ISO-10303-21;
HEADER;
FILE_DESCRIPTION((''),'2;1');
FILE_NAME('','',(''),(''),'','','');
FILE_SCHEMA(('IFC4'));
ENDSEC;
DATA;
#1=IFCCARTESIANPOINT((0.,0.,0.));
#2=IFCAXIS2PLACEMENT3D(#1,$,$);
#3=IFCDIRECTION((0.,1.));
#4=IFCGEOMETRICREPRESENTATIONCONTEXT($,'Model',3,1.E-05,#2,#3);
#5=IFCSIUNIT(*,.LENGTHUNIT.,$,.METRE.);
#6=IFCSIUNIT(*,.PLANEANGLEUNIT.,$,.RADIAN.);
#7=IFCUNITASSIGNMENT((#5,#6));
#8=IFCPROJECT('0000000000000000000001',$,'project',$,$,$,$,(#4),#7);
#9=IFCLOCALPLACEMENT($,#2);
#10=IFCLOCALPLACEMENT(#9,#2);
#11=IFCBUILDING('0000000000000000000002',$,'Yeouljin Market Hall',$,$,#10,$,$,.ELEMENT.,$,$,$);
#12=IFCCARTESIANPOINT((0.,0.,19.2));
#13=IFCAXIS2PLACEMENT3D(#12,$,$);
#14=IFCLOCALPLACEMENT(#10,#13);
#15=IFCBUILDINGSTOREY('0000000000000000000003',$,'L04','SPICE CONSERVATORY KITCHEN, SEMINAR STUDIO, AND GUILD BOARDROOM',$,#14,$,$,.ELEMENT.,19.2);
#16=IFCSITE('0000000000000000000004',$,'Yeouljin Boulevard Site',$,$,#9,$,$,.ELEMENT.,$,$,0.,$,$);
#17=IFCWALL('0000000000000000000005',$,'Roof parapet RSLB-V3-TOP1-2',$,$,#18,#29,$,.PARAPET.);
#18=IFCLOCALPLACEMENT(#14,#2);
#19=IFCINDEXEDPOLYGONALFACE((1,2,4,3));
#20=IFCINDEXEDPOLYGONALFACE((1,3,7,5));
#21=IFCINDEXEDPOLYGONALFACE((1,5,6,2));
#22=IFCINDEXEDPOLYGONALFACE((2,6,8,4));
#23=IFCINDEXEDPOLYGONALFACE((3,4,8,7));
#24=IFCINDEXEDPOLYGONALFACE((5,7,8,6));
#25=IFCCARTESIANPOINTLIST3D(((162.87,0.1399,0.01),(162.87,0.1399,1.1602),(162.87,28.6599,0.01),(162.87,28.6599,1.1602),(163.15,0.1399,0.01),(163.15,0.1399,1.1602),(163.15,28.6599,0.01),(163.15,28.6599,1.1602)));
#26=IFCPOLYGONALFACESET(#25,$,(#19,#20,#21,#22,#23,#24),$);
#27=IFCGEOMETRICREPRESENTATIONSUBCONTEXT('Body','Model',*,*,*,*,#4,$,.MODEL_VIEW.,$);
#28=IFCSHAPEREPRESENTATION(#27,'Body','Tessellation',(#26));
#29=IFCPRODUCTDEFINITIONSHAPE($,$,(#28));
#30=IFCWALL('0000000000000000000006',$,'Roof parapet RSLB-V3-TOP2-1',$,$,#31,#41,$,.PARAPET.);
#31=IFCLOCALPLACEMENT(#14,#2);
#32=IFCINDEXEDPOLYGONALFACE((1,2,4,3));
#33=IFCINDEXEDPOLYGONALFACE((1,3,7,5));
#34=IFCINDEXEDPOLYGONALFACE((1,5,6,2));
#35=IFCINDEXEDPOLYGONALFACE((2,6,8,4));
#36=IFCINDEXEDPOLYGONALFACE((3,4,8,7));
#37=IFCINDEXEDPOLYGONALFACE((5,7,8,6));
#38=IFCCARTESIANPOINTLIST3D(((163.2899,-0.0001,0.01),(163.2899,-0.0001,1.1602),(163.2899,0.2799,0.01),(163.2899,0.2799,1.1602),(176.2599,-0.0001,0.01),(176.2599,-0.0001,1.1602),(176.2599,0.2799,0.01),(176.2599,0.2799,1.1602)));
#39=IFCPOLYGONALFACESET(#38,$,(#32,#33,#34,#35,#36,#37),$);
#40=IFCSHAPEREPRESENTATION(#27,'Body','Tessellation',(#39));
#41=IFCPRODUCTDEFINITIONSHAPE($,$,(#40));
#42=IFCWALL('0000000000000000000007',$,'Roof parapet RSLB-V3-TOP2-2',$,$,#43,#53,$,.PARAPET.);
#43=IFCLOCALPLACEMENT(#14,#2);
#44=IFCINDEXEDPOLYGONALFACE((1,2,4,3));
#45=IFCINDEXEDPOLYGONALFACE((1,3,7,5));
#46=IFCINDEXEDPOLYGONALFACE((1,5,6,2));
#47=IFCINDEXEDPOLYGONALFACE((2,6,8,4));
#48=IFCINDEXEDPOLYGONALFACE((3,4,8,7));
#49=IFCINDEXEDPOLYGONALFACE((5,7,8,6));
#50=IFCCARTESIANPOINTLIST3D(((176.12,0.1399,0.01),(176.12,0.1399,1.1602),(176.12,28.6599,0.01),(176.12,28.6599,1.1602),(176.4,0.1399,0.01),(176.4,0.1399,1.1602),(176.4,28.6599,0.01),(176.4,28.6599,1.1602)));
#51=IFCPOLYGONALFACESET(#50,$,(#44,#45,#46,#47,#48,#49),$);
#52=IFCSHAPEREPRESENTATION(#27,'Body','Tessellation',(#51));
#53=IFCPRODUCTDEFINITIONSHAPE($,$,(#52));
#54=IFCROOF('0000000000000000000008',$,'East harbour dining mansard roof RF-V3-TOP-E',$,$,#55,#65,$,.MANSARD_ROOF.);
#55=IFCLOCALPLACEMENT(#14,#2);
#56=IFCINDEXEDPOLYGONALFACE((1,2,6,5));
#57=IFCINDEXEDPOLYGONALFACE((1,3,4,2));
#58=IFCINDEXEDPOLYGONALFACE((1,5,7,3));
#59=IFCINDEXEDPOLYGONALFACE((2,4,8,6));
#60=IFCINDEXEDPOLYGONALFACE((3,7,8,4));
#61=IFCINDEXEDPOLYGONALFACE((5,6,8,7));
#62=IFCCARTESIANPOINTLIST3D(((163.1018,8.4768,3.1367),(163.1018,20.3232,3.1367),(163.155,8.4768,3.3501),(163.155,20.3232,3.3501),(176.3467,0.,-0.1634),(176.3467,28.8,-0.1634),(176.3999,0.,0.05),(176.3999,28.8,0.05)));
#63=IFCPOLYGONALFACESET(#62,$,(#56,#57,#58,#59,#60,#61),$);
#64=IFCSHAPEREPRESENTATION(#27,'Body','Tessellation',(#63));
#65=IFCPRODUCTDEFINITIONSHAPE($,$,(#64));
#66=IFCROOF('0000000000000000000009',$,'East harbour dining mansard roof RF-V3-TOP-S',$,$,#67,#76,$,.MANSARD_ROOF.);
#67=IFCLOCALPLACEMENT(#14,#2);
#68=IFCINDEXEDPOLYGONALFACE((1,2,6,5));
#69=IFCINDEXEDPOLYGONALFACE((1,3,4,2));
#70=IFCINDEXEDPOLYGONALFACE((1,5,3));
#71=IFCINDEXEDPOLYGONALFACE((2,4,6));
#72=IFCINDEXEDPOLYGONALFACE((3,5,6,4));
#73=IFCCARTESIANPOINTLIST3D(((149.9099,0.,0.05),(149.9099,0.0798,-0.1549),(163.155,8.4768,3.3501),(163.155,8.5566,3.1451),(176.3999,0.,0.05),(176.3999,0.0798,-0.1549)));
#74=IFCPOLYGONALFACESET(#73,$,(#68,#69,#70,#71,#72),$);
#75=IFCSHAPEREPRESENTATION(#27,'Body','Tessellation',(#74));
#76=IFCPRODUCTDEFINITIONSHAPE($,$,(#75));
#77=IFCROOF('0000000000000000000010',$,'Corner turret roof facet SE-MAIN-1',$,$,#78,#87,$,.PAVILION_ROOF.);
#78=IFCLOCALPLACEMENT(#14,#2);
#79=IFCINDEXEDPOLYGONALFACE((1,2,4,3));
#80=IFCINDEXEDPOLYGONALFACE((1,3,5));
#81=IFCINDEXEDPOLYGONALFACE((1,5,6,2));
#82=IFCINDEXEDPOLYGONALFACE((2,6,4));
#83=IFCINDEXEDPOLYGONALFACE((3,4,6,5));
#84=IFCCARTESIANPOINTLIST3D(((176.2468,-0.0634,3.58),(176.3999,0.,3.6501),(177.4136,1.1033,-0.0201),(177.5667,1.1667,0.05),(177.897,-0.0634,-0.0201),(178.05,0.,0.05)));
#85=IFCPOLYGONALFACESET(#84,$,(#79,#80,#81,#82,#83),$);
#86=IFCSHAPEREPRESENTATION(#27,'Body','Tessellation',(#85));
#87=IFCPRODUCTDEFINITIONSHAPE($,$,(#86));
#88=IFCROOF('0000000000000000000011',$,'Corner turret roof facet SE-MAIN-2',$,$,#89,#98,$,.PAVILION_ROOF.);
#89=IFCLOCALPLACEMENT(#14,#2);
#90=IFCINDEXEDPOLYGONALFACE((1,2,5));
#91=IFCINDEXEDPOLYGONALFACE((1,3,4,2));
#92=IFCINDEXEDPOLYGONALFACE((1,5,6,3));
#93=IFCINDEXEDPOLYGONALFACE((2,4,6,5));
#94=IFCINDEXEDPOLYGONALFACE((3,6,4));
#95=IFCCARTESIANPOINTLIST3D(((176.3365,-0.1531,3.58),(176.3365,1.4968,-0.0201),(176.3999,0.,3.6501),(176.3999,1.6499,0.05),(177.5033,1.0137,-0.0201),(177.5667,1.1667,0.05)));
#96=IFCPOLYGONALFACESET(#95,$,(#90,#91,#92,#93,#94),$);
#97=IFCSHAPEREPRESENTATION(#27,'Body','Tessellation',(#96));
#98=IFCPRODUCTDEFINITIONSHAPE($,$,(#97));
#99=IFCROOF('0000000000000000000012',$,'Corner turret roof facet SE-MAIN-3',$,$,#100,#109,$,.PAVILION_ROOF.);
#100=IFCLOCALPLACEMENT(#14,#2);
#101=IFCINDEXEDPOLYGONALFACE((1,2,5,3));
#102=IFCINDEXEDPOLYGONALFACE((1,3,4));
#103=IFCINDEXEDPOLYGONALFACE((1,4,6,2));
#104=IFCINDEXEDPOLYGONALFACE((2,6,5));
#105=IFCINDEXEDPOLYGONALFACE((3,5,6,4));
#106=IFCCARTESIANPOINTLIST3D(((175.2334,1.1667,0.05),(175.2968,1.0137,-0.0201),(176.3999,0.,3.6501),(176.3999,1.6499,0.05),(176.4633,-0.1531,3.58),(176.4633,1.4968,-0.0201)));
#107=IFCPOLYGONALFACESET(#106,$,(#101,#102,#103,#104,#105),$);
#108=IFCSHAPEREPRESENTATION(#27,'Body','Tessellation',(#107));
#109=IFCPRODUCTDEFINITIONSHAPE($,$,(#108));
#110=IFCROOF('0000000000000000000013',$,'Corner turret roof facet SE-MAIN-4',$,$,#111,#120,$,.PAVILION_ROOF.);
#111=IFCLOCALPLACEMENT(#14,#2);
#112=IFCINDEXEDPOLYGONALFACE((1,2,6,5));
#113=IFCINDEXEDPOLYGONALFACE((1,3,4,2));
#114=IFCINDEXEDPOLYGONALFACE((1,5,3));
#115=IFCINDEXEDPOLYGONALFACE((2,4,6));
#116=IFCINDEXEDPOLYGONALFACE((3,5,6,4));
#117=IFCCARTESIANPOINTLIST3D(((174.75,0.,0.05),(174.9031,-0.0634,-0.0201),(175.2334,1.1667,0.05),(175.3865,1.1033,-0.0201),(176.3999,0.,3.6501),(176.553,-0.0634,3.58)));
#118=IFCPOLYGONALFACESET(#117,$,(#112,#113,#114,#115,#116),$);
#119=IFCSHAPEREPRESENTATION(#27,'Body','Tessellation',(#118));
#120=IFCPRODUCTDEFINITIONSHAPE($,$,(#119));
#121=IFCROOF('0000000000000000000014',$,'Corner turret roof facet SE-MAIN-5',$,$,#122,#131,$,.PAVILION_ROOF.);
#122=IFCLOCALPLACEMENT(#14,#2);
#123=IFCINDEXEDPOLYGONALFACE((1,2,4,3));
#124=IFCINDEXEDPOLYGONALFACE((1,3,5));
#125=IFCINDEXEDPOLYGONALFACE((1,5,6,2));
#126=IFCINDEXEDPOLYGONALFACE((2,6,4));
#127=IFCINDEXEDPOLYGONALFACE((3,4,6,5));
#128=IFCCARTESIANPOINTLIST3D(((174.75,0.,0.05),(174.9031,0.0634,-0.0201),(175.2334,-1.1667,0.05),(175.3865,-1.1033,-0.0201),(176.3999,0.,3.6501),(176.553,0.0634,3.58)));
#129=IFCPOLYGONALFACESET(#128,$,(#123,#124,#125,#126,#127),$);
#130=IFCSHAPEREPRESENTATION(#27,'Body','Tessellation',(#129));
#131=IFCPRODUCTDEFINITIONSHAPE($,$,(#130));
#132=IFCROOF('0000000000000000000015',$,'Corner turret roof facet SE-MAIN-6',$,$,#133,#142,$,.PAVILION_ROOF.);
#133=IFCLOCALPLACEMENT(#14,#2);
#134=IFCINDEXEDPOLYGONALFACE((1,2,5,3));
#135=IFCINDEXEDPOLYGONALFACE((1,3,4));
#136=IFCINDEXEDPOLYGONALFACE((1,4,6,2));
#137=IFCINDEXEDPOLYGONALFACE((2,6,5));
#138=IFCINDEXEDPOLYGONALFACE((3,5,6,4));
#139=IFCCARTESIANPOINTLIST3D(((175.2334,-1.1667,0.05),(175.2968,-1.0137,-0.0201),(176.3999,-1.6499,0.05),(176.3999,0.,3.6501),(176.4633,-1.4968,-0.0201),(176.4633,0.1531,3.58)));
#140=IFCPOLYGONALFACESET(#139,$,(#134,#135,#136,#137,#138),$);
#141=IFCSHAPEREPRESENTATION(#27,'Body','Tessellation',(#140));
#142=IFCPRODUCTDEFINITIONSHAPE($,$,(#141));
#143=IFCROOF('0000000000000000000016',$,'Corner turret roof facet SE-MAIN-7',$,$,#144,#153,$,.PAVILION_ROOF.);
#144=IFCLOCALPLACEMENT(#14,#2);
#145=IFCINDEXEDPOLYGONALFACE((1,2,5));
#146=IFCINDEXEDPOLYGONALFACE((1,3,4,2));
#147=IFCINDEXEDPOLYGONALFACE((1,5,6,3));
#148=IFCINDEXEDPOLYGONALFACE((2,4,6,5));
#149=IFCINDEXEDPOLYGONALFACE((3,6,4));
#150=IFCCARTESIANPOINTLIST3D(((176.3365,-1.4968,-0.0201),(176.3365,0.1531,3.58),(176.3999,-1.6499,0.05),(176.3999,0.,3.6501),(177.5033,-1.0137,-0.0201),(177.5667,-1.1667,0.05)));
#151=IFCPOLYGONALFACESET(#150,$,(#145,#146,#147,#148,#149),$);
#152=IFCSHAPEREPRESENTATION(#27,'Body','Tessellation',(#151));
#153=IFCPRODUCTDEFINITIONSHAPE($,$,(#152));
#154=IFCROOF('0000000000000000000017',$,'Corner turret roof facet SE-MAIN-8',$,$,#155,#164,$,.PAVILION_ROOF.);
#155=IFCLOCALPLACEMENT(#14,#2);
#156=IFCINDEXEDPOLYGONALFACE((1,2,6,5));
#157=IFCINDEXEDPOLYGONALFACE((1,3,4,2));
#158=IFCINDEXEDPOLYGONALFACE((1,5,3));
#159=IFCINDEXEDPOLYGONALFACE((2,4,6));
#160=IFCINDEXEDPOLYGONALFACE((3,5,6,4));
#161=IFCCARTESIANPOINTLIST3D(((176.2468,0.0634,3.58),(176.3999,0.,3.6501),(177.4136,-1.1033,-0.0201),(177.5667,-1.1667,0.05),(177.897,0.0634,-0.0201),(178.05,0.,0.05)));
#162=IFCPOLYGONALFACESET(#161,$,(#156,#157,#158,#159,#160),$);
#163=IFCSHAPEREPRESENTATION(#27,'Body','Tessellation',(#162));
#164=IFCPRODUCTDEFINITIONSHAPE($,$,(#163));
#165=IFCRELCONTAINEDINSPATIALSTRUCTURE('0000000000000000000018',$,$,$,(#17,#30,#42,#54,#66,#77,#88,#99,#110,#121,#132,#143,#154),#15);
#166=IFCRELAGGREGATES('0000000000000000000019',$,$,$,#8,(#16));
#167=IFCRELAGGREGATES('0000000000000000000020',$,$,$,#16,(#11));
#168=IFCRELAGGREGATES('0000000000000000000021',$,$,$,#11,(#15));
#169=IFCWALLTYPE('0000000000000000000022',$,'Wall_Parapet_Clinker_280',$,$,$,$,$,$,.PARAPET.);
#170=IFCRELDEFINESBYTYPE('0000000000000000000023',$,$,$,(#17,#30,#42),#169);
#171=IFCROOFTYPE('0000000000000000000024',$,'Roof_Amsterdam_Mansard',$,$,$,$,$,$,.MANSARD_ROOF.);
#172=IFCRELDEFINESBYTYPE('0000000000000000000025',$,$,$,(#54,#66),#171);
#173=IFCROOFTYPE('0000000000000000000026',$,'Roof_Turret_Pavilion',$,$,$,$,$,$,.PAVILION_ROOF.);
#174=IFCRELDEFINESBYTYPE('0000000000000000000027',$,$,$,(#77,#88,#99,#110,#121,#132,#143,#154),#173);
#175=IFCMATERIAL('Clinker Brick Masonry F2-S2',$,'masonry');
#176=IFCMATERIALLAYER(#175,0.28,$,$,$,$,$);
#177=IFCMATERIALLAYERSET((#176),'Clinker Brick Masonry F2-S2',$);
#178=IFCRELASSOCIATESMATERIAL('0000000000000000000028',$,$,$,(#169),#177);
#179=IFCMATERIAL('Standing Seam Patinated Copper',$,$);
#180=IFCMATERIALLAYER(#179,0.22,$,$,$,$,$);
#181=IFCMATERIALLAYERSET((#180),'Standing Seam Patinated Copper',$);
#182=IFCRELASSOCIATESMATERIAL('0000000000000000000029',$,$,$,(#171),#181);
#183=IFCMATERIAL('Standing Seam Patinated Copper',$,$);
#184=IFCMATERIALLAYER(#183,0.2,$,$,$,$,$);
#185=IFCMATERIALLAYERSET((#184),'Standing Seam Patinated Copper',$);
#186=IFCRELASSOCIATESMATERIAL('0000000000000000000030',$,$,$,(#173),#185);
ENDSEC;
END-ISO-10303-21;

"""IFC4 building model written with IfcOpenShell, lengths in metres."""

from ifc_helpers import new_model, si_unit, direction, frame, frame_2d, origin, place, context, subcontext, project, spatial, polyline, rectangle, outline, extrude, material, layer, layer_set, type_object, element, save


model = new_model("IFC4")

# Units and contexts
model_context = context("Model", 3, precision=1e-05, world=origin(), true_north=direction((0.0, 1.0)))
body_context = subcontext(model_context, "Body", "Model", "MODEL_VIEW")
ifc_project = project(units=[si_unit("LENGTHUNIT", "METRE"), si_unit("PLANEANGLEUNIT", "RADIAN")], contexts=[model_context])

# Site, building, storey
site_placement = place(None, origin())
site = spatial("IfcSite", under=ifc_project, at=site_placement, Name="Yeouljin Boulevard Site", CompositionType="ELEMENT", RefElevation=0.0)
building_placement = place(site_placement, origin())
building = spatial("IfcBuilding", under=site, at=building_placement, Name="Yeouljin Market Hall", CompositionType="ELEMENT")
storey_placement = place(building_placement, frame((0.0, 0.0, 19.2)))
storey = spatial("IfcBuildingStorey", under=building, at=storey_placement, Name="L04", Description="SPICE CONSERVATORY KITCHEN, SEMINAR STUDIO, AND GUILD BOARDROOM", CompositionType="ELEMENT", Elevation=19.2)

# Walls
ifc_material_1 = material(Name="Clinker Brick Masonry F2-S2", Category="masonry")
ifc_layer_1 = layer(ifc_material_1, 0.28)
ifc_layer_set_1 = layer_set([ifc_layer_1], Name="Clinker Brick Masonry F2-S2")
wall_type = type_object("IfcWallType", Name="Wall_Parapet_Clinker_280", PredefinedType="PARAPET", material=ifc_layer_set_1)
wall_1_placement = place(storey_placement, frame((163.01, 0.1399, 0.01), z_axis=(0.0, 0.0, 1.0), x_axis=(0.0, 1.0, 0.0)))
element("IfcWall", 1, at=wall_1_placement, inside=storey, type_object=wall_type, Name="Roof parapet RSLB-V3-TOP1-2", PredefinedType="PARAPET", context=body_context, shape_type="SweptSolid", body=[
    extrude(rectangle(XDim=28.52, YDim=0.28, at=frame_2d((14.26, 0.0))), origin(), (0.0, 0.0, 1.0), 1.1501),
])
wall_2_placement = place(storey_placement, frame((163.29, 0.1399, 0.01), z_axis=(0.0, 0.0, 1.0), x_axis=(1.0, 0.0, 0.0)))
element("IfcWall", 2, at=wall_2_placement, inside=storey, type_object=wall_type, Name="Roof parapet RSLB-V3-TOP2-1", PredefinedType="PARAPET", context=body_context, shape_type="SweptSolid", body=[
    extrude(rectangle(XDim=12.97, YDim=0.28, at=frame_2d((6.4849, 0.0))), origin(), (0.0, 0.0, 1.0), 1.1501),
])
wall_3_placement = place(storey_placement, frame((176.26, 0.1399, 0.01), z_axis=(0.0, 0.0, 1.0), x_axis=(0.0, 1.0, 0.0)))
element("IfcWall", 3, at=wall_3_placement, inside=storey, type_object=wall_type, Name="Roof parapet RSLB-V3-TOP2-2", PredefinedType="PARAPET", context=body_context, shape_type="SweptSolid", body=[
    extrude(rectangle(XDim=28.52, YDim=0.28, at=frame_2d((14.26, 0.0))), origin(), (0.0, 0.0, 1.0), 1.1501),
])

# Roofs
ifc_material_2 = material(Name="Standing Seam Patinated Copper")
ifc_layer_2 = layer(ifc_material_2, 0.22)
ifc_layer_set_2 = layer_set([ifc_layer_2], Name="Standing Seam Patinated Copper")
roof_type_1 = type_object("IfcRoofType", Name="Roof_Amsterdam_Mansard", PredefinedType="MANSARD_ROOF", material=ifc_layer_set_2)
roof_1_placement = place(storey_placement, frame((176.3999, 0.0, 0.05), z_axis=(0.241765, 0.0, 0.970335), x_axis=(0.0, 1.0, 0.0)))
element("IfcRoof", 4, at=roof_1_placement, inside=storey, type_object=roof_type_1, Name="East harbour dining mansard roof RF-V3-TOP-E", PredefinedType="MANSARD_ROOF", context=body_context, shape_type="SweptSolid", body=[
    extrude(outline(polyline([(0.0, 0.0), (28.8, 0.0), (20.3232, 13.6498), (8.4768, 13.6498), (0.0, 0.0)])), origin(), (0.0, 0.0, -1.0), 0.22),
])
roof_2_placement = place(storey_placement, frame((149.9099, 0.0, 0.05), z_axis=(0.0, -0.362782, 0.931874), x_axis=(1.0, 0.0, 0.0)))
element("IfcRoof", 5, at=roof_2_placement, inside=storey, type_object=roof_type_1, Name="East harbour dining mansard roof RF-V3-TOP-S", PredefinedType="MANSARD_ROOF", context=body_context, shape_type="SweptSolid", body=[
    extrude(outline(polyline([(0.0, 0.0), (26.49, 0.0), (13.2451, 9.0965), (0.0, 0.0)])), origin(), (0.0, 0.0, -1.0), 0.22),
])
ifc_material_3 = material(Name="Standing Seam Patinated Copper")
ifc_layer_3 = layer(ifc_material_3, 0.2)
ifc_layer_set_3 = layer_set([ifc_layer_3], Name="Standing Seam Patinated Copper")
roof_type_2 = type_object("IfcRoofType", Name="Roof_Turret_Pavilion", PredefinedType="PAVILION_ROOF", material=ifc_layer_set_3)
roof_3_placement = place(storey_placement, frame((176.3999, 0.0, 3.6501), z_axis=(0.850717, 0.352463, 0.389936), x_axis=(0.416676, 0.0, -0.909055)))
element("IfcRoof", 6, at=roof_3_placement, inside=storey, type_object=roof_type_2, Name="Corner turret roof facet SE-MAIN-1", PredefinedType="PAVILION_ROOF", context=body_context, shape_type="SweptSolid", body=[
    extrude(outline(polyline([(0.0, 0.0), (3.9603, 0.0), (3.7588, 1.2468), (0.0, 0.0)])), origin(), (0.0, 0.0, -1.0), 0.1799),
])
roof_4_placement = place(storey_placement, frame((176.3999, 0.0, 3.6501), z_axis=(0.352315, 0.85079, 0.389912), x_axis=(0.294617, 0.294617, -0.909066)))
element("IfcRoof", 7, at=roof_4_placement, inside=storey, type_object=roof_type_2, Name="Corner turret roof facet SE-MAIN-2", PredefinedType="PAVILION_ROOF", context=body_context, shape_type="SweptSolid", body=[
    extrude(outline(polyline([(0.0, 0.0), (3.9602, 0.0), (3.7588, 1.2467), (0.0, 0.0)])), origin(), (0.0, 0.0, -1.0), 0.1799),
])
roof_5_placement = place(storey_placement, frame((176.3999, 0.0, 3.6501), z_axis=(-0.352379, 0.850768, 0.389902), x_axis=(0.0, 0.416625, -0.909078)))
element("IfcRoof", 8, at=roof_5_placement, inside=storey, type_object=roof_type_2, Name="Corner turret roof facet SE-MAIN-3", PredefinedType="PAVILION_ROOF", context=body_context, shape_type="SweptSolid", body=[
    extrude(outline(polyline([(0.0, 0.0), (3.9602, 0.0), (3.7589, 1.2465), (0.0, 0.0)])), origin(), (0.0, 0.0, -1.0), 0.1799),
])
roof_6_placement = place(storey_placement, frame((176.3999, 0.0, 3.6501), z_axis=(-0.850736, 0.352471, 0.389887), x_axis=(-0.294561, 0.294623, -0.909083)))
element("IfcRoof", 9, at=roof_6_placement, inside=storey, type_object=roof_type_2, Name="Corner turret roof facet SE-MAIN-4", PredefinedType="PAVILION_ROOF", context=body_context, shape_type="SweptSolid", body=[
    extrude(outline(polyline([(0.0, 0.0), (3.9601, 0.0), (3.7588, 1.2468), (0.0, 0.0)])), origin(), (0.0, 0.0, -1.0), 0.1799),
])
roof_7_placement = place(storey_placement, frame((176.3999, 0.0, 3.6501), z_axis=(-0.850736, -0.352471, 0.389887), x_axis=(-0.416625, 0.0, -0.909078)))
element("IfcRoof", 10, at=roof_7_placement, inside=storey, type_object=roof_type_2, Name="Corner turret roof facet SE-MAIN-5", PredefinedType="PAVILION_ROOF", context=body_context, shape_type="SweptSolid", body=[
    extrude(outline(polyline([(0.0, 0.0), (3.9602, 0.0), (3.7588, 1.2468), (0.0, 0.0)])), origin(), (0.0, 0.0, -1.0), 0.1799),
])
roof_8_placement = place(storey_placement, frame((176.3999, 0.0, 3.6501), z_axis=(-0.352379, -0.850768, 0.389902), x_axis=(-0.294561, -0.294623, -0.909083)))
element("IfcRoof", 11, at=roof_8_placement, inside=storey, type_object=roof_type_2, Name="Corner turret roof facet SE-MAIN-6", PredefinedType="PAVILION_ROOF", context=body_context, shape_type="SweptSolid", body=[
    extrude(outline(polyline([(0.0, 0.0), (3.9601, 0.0), (3.7589, 1.2465), (0.0, 0.0)])), origin(), (0.0, 0.0, -1.0), 0.1799),
])
roof_9_placement = place(storey_placement, frame((176.3999, 0.0, 3.6501), z_axis=(0.352315, -0.85079, 0.389912), x_axis=(0.0, -0.416625, -0.909078)))
element("IfcRoof", 12, at=roof_9_placement, inside=storey, type_object=roof_type_2, Name="Corner turret roof facet SE-MAIN-7", PredefinedType="PAVILION_ROOF", context=body_context, shape_type="SweptSolid", body=[
    extrude(outline(polyline([(0.0, 0.0), (3.9602, 0.0), (3.7589, 1.2467), (0.0, 0.0)])), origin(), (0.0, 0.0, -1.0), 0.1799),
])
roof_10_placement = place(storey_placement, frame((176.3999, 0.0, 3.6501), z_axis=(0.850717, -0.352463, 0.389936), x_axis=(0.294617, -0.294617, -0.909066)))
element("IfcRoof", 13, at=roof_10_placement, inside=storey, type_object=roof_type_2, Name="Corner turret roof facet SE-MAIN-8", PredefinedType="PAVILION_ROOF", context=body_context, shape_type="SweptSolid", body=[
    extrude(outline(polyline([(0.0, 0.0), (3.9602, 0.0), (3.7589, 1.2468), (0.0, 0.0)])), origin(), (0.0, 0.0, -1.0), 0.1799),
])

save(model, "model.ifc")
